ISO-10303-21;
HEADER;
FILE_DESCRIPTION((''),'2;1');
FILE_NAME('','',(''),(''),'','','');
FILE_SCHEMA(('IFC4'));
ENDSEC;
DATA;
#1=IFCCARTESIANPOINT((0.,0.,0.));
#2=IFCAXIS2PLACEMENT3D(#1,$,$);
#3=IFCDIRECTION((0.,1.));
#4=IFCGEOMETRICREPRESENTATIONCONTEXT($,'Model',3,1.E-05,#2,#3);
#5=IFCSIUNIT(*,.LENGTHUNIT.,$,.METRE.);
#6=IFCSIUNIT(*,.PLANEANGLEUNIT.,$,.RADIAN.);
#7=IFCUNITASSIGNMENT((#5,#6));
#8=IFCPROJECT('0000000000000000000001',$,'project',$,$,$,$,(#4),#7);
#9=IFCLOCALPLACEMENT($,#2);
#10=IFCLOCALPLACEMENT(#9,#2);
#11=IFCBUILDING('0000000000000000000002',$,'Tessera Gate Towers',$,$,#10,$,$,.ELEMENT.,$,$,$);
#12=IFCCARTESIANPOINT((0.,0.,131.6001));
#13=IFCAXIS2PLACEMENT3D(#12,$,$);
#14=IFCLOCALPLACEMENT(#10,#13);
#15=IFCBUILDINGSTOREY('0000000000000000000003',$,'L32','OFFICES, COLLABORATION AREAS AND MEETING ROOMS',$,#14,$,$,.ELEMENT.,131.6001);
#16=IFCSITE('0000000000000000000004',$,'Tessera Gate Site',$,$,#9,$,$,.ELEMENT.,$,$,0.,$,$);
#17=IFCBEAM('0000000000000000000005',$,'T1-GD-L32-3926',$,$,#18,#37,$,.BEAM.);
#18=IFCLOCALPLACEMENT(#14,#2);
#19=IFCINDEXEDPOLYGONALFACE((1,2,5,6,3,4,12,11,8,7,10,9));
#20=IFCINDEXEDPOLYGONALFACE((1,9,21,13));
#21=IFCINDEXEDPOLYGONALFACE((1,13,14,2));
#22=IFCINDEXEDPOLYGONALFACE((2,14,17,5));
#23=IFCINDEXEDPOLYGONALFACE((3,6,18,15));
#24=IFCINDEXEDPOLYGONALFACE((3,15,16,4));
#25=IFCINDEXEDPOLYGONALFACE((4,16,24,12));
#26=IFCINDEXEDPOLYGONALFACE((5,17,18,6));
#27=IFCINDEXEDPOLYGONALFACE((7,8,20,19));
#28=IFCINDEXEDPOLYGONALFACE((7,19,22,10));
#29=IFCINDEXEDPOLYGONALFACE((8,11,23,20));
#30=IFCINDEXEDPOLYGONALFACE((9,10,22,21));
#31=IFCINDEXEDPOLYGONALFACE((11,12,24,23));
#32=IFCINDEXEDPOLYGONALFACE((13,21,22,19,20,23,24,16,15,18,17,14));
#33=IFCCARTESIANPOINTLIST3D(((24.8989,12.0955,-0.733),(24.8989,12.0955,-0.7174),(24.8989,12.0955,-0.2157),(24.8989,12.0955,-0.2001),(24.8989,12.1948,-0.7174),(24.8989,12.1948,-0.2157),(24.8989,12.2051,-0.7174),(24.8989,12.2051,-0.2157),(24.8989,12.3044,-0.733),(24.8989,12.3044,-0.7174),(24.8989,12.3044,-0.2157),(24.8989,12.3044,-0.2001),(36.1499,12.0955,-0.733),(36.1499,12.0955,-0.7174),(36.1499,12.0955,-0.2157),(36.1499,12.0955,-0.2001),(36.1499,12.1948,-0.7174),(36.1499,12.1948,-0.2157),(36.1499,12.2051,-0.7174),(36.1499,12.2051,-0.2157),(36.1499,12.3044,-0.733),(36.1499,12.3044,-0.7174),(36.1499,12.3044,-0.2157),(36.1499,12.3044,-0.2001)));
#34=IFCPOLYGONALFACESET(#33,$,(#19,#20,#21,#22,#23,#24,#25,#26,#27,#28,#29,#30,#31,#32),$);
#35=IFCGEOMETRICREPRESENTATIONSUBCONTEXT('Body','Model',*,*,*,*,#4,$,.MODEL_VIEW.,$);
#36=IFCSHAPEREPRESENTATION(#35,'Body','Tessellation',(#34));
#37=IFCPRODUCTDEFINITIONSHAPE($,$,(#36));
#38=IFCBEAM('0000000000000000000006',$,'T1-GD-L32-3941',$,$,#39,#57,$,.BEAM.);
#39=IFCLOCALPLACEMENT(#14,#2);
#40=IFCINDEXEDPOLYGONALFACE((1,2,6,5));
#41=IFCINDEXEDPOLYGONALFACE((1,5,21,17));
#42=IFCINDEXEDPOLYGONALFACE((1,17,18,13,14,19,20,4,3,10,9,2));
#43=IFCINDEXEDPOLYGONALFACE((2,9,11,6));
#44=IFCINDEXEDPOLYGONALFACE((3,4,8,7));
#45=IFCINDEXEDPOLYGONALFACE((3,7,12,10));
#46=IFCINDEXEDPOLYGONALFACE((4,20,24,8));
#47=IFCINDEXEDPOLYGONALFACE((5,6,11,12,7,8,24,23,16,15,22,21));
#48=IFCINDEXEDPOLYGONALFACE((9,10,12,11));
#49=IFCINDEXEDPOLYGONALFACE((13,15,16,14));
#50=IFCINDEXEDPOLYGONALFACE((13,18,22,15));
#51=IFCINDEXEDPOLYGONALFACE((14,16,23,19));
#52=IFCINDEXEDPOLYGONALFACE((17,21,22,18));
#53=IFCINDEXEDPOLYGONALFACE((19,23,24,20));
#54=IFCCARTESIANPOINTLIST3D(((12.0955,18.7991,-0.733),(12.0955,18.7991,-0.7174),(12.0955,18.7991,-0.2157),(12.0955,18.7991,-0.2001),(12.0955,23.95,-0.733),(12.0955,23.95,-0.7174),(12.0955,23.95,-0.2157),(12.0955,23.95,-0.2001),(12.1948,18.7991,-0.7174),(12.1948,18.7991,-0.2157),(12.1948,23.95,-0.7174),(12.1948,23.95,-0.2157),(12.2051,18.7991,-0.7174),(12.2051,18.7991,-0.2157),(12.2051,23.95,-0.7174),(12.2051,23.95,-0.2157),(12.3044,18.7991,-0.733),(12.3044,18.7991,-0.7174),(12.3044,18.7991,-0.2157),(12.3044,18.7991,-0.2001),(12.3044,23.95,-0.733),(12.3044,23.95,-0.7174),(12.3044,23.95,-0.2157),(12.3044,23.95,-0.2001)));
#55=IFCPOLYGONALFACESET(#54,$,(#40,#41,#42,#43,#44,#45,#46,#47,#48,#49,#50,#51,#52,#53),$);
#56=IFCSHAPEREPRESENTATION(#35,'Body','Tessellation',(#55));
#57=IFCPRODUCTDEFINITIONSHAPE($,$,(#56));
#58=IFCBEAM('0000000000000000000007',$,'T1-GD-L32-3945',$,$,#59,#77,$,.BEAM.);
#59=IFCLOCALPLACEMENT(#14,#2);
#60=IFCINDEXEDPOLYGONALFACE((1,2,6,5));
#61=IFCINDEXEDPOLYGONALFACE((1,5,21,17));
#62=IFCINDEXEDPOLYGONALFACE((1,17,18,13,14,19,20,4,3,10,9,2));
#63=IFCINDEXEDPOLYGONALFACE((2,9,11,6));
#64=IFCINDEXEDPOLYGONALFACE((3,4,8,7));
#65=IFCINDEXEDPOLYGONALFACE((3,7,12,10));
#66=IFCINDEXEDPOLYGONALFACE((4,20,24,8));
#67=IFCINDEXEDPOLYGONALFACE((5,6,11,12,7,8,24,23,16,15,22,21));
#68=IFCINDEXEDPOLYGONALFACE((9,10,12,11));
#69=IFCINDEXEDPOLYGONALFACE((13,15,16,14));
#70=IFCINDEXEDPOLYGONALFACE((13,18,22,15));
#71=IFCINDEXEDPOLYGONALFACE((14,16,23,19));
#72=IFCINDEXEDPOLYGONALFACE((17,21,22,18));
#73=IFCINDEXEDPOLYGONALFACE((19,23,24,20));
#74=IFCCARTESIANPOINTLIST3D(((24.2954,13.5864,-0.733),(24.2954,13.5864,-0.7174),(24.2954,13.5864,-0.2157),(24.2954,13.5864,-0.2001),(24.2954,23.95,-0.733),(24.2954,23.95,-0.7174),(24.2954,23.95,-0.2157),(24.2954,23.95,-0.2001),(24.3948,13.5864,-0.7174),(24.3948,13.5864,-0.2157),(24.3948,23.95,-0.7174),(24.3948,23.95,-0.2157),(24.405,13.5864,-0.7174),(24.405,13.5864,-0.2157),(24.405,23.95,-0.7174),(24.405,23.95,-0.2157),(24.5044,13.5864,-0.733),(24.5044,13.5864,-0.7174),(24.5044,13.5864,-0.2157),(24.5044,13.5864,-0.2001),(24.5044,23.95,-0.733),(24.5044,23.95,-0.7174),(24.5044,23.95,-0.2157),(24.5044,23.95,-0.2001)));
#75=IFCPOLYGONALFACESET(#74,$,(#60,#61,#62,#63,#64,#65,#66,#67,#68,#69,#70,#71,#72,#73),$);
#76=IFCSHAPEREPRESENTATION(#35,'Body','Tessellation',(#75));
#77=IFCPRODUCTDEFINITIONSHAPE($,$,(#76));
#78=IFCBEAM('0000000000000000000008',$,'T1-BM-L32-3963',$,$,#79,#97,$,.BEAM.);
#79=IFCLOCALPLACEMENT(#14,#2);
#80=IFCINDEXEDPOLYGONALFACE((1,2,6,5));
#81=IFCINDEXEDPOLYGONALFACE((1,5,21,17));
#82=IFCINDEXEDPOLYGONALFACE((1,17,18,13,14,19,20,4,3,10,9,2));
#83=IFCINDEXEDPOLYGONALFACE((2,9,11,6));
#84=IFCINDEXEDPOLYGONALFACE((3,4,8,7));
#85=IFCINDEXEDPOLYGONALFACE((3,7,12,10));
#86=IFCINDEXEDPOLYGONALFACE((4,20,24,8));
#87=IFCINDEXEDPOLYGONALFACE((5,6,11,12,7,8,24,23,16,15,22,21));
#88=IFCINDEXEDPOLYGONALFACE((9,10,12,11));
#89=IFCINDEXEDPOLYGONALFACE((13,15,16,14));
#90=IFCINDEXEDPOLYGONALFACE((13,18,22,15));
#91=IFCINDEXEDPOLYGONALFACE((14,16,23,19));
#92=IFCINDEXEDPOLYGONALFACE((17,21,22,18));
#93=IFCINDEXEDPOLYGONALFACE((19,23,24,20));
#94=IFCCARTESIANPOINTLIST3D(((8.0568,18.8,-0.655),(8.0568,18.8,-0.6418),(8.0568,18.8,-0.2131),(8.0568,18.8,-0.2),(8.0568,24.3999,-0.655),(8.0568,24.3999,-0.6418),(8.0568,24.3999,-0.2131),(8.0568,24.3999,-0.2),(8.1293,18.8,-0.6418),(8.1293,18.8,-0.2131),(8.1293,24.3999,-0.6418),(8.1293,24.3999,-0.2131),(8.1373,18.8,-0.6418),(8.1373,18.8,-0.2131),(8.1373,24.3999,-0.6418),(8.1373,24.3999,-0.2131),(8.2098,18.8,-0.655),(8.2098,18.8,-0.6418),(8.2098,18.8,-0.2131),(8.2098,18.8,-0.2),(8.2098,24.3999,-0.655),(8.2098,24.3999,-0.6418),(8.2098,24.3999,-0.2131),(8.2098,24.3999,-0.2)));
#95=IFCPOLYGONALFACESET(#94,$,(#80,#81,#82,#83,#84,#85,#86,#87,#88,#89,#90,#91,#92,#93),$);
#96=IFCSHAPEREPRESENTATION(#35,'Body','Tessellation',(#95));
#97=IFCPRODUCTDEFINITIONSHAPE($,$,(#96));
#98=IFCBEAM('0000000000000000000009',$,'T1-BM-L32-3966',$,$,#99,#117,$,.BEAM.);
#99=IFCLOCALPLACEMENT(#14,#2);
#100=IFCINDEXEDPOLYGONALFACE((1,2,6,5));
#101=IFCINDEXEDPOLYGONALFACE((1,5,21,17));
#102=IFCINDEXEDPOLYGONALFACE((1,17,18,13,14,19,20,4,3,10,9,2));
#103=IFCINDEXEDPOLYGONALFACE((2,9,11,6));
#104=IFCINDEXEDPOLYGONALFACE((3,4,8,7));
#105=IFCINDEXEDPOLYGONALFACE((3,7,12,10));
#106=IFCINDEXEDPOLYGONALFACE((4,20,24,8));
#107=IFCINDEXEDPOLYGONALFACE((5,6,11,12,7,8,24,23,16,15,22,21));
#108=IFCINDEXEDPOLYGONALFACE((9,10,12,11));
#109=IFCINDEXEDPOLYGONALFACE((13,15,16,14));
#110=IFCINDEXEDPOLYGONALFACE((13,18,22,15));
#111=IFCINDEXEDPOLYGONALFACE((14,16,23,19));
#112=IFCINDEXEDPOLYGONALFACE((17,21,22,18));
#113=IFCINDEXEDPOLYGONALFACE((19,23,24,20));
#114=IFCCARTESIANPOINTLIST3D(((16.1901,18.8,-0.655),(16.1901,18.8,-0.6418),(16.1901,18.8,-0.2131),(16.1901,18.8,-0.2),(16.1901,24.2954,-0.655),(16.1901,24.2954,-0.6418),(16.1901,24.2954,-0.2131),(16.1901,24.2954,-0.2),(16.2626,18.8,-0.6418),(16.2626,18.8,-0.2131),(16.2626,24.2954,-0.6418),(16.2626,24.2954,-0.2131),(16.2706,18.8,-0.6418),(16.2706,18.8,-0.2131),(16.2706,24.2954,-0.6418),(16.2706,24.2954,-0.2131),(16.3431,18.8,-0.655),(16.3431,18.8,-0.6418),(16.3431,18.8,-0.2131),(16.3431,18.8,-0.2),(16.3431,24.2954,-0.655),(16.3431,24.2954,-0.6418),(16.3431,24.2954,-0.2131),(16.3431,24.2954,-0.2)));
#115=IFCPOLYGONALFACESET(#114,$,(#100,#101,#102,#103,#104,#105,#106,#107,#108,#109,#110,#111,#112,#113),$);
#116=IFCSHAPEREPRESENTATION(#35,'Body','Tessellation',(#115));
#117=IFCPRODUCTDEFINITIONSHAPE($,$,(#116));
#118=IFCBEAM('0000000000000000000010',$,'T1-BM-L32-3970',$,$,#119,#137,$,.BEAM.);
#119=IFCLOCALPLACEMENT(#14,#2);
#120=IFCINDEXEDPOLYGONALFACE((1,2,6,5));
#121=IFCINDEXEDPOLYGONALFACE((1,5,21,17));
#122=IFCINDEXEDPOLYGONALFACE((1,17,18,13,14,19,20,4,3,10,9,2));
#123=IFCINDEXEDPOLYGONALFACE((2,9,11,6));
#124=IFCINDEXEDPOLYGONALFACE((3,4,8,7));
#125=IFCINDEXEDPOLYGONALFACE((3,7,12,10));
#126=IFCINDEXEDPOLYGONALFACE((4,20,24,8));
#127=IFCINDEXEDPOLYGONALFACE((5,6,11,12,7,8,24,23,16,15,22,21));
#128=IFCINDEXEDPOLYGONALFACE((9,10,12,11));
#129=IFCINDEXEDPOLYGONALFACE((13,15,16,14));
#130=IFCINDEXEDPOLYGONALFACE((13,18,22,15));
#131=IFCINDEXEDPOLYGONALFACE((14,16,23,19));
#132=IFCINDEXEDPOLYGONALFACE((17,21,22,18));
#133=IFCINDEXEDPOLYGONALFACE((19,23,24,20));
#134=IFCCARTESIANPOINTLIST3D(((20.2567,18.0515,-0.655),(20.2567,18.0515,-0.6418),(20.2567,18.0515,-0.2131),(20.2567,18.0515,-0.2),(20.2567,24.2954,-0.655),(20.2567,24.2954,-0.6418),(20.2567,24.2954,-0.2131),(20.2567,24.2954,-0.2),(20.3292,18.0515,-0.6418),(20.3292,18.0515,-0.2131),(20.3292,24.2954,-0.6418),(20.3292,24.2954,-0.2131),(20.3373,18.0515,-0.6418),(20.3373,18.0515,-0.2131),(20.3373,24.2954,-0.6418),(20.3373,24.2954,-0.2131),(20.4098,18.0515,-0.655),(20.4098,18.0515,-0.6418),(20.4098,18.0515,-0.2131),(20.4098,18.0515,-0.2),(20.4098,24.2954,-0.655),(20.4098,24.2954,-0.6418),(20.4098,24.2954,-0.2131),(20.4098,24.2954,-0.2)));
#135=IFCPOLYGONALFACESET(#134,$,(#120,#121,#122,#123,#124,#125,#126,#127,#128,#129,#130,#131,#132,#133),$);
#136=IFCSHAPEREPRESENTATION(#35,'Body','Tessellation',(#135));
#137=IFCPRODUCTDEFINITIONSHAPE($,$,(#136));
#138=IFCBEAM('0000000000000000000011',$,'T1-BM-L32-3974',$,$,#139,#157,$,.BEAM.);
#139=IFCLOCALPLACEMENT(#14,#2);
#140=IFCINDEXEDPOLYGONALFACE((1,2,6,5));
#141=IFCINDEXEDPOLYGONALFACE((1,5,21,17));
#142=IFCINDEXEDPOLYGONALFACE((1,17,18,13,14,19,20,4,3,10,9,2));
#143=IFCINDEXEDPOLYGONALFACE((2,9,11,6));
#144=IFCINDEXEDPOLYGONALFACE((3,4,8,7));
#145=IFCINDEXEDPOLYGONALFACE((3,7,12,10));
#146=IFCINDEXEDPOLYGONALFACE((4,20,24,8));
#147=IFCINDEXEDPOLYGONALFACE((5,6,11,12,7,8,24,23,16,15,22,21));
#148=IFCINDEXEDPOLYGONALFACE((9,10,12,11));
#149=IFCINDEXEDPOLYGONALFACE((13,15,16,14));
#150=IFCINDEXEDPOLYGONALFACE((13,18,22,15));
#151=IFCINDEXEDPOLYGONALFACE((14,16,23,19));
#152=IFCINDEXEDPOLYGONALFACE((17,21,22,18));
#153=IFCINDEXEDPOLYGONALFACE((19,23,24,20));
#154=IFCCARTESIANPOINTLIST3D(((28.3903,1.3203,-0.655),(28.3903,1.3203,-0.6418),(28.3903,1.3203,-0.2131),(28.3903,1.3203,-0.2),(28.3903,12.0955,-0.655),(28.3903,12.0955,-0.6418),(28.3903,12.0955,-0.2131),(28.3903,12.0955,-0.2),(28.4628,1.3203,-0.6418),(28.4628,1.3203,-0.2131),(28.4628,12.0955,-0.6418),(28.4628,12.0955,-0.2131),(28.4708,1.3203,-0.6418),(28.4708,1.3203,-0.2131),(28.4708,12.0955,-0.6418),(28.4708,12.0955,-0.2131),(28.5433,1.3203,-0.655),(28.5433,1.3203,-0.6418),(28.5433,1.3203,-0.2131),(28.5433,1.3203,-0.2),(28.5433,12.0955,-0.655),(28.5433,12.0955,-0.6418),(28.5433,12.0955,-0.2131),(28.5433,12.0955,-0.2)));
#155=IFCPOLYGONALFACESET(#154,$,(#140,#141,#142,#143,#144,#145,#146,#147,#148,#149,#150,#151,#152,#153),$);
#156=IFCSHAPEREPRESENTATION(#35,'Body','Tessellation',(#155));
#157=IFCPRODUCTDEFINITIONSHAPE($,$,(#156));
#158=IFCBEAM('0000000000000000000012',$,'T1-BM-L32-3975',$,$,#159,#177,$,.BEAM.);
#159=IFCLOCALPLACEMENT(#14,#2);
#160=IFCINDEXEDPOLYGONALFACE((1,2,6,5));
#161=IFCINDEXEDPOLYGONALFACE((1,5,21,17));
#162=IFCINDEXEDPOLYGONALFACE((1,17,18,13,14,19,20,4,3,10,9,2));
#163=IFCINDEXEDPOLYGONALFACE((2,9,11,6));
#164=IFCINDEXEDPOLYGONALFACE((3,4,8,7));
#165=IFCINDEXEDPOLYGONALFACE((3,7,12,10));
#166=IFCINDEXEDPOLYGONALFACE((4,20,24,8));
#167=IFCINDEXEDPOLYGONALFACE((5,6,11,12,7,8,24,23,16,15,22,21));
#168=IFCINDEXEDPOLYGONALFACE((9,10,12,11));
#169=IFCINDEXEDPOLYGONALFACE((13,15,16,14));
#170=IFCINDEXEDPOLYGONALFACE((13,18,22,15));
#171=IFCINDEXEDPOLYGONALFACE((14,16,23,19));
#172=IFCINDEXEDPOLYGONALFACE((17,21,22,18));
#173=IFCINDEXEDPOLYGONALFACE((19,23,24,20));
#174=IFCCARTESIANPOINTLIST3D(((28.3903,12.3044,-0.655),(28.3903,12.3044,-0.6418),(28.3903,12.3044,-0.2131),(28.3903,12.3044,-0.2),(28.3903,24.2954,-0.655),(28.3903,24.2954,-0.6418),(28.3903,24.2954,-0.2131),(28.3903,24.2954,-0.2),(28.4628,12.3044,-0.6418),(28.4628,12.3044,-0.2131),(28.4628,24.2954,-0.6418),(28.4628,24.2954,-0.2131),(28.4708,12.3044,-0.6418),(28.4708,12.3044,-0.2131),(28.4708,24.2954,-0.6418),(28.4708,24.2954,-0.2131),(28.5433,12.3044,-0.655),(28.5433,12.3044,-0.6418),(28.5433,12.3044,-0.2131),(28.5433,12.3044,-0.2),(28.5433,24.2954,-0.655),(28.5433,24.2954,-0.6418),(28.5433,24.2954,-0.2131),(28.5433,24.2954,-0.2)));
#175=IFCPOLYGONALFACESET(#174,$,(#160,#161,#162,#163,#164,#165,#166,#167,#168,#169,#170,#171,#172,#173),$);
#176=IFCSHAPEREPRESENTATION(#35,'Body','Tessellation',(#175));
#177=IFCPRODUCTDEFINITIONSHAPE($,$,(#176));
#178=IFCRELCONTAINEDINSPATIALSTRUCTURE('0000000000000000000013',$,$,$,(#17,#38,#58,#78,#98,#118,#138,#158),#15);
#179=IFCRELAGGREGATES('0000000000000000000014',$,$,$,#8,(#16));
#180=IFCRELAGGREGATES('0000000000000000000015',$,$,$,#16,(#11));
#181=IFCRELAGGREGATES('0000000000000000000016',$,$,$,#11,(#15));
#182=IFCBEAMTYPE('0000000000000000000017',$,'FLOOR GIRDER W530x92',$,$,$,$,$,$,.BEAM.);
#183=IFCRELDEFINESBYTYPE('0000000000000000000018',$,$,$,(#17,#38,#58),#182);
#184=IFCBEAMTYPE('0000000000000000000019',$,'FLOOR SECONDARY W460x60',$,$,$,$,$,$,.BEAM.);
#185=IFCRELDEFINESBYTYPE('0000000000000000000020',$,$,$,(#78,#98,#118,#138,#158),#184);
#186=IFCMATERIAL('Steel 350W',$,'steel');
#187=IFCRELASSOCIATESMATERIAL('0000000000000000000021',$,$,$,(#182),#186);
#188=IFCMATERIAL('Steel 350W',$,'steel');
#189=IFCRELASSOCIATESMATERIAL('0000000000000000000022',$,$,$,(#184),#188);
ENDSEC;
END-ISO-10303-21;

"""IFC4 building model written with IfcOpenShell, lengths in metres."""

from ifc_helpers import new_model, si_unit, direction, frame, origin, origin_2d, place, context, subcontext, project, spatial, i_section, extrude, material, material_profile, profile_set, type_object, element, save


model = new_model("IFC4")

# Units and contexts
model_context = context("Model", 3, precision=1e-05, world=origin(), true_north=direction((0.0, 1.0)))
body_context = subcontext(model_context, "Body", "Model", "MODEL_VIEW")
ifc_project = project(units=[si_unit("LENGTHUNIT", "METRE"), si_unit("PLANEANGLEUNIT", "RADIAN")], contexts=[model_context])

# Site, building, storey
site_placement = place(None, origin())
site = spatial("IfcSite", under=ifc_project, at=site_placement, Name="Tessera Gate Site", CompositionType="ELEMENT", RefElevation=0.0)
building_placement = place(site_placement, origin())
building = spatial("IfcBuilding", under=site, at=building_placement, Name="Tessera Gate Towers", CompositionType="ELEMENT")
storey_placement = place(building_placement, frame((0.0, 0.0, 131.6001)))
storey = spatial("IfcBuildingStorey", under=building, at=storey_placement, Name="L32", Description="OFFICES, COLLABORATION AREAS AND MEETING ROOMS", CompositionType="ELEMENT", Elevation=131.6001)

# Beams
ifc_material_1 = material(Name="Steel 350W", Category="steel")
ifc_material_profile_1 = material_profile(ifc_material_1, i_section(OverallWidth=0.209, OverallDepth=0.533, WebThickness=0.0103, FlangeThickness=0.0156, at=origin_2d()), Name="W530x92")
ifc_profile_set_1 = profile_set([ifc_material_profile_1], Name="Steel 350W")
beam_type_1 = type_object("IfcBeamType", Name="FLOOR GIRDER W530x92", PredefinedType="BEAM", material=ifc_profile_set_1)
beam_1_placement = place(storey_placement, frame((24.8989, 12.2, -0.4666), z_axis=(1.0, 0.0, 0.0), x_axis=(0.0, 1.0, 0.0)))
element("IfcBeam", 1, at=beam_1_placement, inside=storey, type_object=beam_type_1, Name="T1-GD-L32-3926", PredefinedType="BEAM", context=body_context, shape_type="SweptSolid", body=[
    extrude(i_section(OverallWidth=0.209, OverallDepth=0.533, WebThickness=0.0103, FlangeThickness=0.0156, at=origin_2d()), origin(), (0.0, 0.0, 1.0), 11.251),
])
beam_2_placement = place(storey_placement, frame((12.2, 18.7991, -0.4666), z_axis=(0.0, 1.0, 0.0), x_axis=(-1.0, 0.0, 0.0)))
element("IfcBeam", 2, at=beam_2_placement, inside=storey, type_object=beam_type_1, Name="T1-GD-L32-3941", PredefinedType="BEAM", context=body_context, shape_type="SweptSolid", body=[
    extrude(i_section(OverallWidth=0.209, OverallDepth=0.533, WebThickness=0.0103, FlangeThickness=0.0156, at=origin_2d()), origin(), (0.0, 0.0, 1.0), 5.1509),
])
beam_3_placement = place(storey_placement, frame((24.3999, 13.5864, -0.4666), z_axis=(0.0, 1.0, 0.0), x_axis=(-1.0, 0.0, 0.0)))
element("IfcBeam", 3, at=beam_3_placement, inside=storey, type_object=beam_type_1, Name="T1-GD-L32-3945", PredefinedType="BEAM", context=body_context, shape_type="SweptSolid", body=[
    extrude(i_section(OverallWidth=0.209, OverallDepth=0.533, WebThickness=0.0103, FlangeThickness=0.0156, at=origin_2d()), origin(), (0.0, 0.0, 1.0), 10.3635),
])
ifc_material_2 = material(Name="Steel 350W", Category="steel")
ifc_material_profile_2 = material_profile(ifc_material_2, i_section(OverallWidth=0.1531, OverallDepth=0.4551, WebThickness=0.0081, FlangeThickness=0.0132, at=origin_2d()), Name="W460x60")
ifc_profile_set_2 = profile_set([ifc_material_profile_2], Name="Steel 350W")
beam_type_2 = type_object("IfcBeamType", Name="FLOOR SECONDARY W460x60", PredefinedType="BEAM", material=ifc_profile_set_2)
beam_4_placement = place(storey_placement, frame((8.1333, 18.8, -0.4275), z_axis=(0.0, 1.0, 0.0), x_axis=(-1.0, 0.0, 0.0)))
element("IfcBeam", 4, at=beam_4_placement, inside=storey, type_object=beam_type_2, Name="T1-BM-L32-3963", PredefinedType="BEAM", context=body_context, shape_type="SweptSolid", body=[
    extrude(i_section(OverallWidth=0.1531, OverallDepth=0.4551, WebThickness=0.0081, FlangeThickness=0.0132, at=origin_2d()), origin(), (0.0, 0.0, 1.0), 5.5999),
])
beam_5_placement = place(storey_placement, frame((16.2666, 18.8, -0.4275), z_axis=(0.0, 1.0, 0.0), x_axis=(-1.0, 0.0, 0.0)))
element("IfcBeam", 5, at=beam_5_placement, inside=storey, type_object=beam_type_2, Name="T1-BM-L32-3966", PredefinedType="BEAM", context=body_context, shape_type="SweptSolid", body=[
    extrude(i_section(OverallWidth=0.1531, OverallDepth=0.4551, WebThickness=0.0081, FlangeThickness=0.0132, at=origin_2d()), origin(), (0.0, 0.0, 1.0), 5.4954),
])
beam_6_placement = place(storey_placement, frame((20.3333, 18.0515, -0.4275), z_axis=(0.0, 1.0, 0.0), x_axis=(-1.0, 0.0, 0.0)))
element("IfcBeam", 6, at=beam_6_placement, inside=storey, type_object=beam_type_2, Name="T1-BM-L32-3970", PredefinedType="BEAM", context=body_context, shape_type="SweptSolid", body=[
    extrude(i_section(OverallWidth=0.1531, OverallDepth=0.4551, WebThickness=0.0081, FlangeThickness=0.0132, at=origin_2d()), origin(), (0.0, 0.0, 1.0), 6.2439),
])
beam_7_placement = place(storey_placement, frame((28.4668, 1.3203, -0.4275), z_axis=(0.0, 1.0, 0.0), x_axis=(-1.0, 0.0, 0.0)))
element("IfcBeam", 7, at=beam_7_placement, inside=storey, type_object=beam_type_2, Name="T1-BM-L32-3974", PredefinedType="BEAM", context=body_context, shape_type="SweptSolid", body=[
    extrude(i_section(OverallWidth=0.1531, OverallDepth=0.4551, WebThickness=0.0081, FlangeThickness=0.0132, at=origin_2d()), origin(), (0.0, 0.0, 1.0), 10.7751),
])
beam_8_placement = place(storey_placement, frame((28.4668, 12.3044, -0.4275), z_axis=(0.0, 1.0, 0.0), x_axis=(-1.0, 0.0, 0.0)))
element("IfcBeam", 8, at=beam_8_placement, inside=storey, type_object=beam_type_2, Name="T1-BM-L32-3975", PredefinedType="BEAM", context=body_context, shape_type="SweptSolid", body=[
    extrude(i_section(OverallWidth=0.1531, OverallDepth=0.4551, WebThickness=0.0081, FlangeThickness=0.0132, at=origin_2d()), origin(), (0.0, 0.0, 1.0), 11.991),
])

save(model, "model.ifc")
